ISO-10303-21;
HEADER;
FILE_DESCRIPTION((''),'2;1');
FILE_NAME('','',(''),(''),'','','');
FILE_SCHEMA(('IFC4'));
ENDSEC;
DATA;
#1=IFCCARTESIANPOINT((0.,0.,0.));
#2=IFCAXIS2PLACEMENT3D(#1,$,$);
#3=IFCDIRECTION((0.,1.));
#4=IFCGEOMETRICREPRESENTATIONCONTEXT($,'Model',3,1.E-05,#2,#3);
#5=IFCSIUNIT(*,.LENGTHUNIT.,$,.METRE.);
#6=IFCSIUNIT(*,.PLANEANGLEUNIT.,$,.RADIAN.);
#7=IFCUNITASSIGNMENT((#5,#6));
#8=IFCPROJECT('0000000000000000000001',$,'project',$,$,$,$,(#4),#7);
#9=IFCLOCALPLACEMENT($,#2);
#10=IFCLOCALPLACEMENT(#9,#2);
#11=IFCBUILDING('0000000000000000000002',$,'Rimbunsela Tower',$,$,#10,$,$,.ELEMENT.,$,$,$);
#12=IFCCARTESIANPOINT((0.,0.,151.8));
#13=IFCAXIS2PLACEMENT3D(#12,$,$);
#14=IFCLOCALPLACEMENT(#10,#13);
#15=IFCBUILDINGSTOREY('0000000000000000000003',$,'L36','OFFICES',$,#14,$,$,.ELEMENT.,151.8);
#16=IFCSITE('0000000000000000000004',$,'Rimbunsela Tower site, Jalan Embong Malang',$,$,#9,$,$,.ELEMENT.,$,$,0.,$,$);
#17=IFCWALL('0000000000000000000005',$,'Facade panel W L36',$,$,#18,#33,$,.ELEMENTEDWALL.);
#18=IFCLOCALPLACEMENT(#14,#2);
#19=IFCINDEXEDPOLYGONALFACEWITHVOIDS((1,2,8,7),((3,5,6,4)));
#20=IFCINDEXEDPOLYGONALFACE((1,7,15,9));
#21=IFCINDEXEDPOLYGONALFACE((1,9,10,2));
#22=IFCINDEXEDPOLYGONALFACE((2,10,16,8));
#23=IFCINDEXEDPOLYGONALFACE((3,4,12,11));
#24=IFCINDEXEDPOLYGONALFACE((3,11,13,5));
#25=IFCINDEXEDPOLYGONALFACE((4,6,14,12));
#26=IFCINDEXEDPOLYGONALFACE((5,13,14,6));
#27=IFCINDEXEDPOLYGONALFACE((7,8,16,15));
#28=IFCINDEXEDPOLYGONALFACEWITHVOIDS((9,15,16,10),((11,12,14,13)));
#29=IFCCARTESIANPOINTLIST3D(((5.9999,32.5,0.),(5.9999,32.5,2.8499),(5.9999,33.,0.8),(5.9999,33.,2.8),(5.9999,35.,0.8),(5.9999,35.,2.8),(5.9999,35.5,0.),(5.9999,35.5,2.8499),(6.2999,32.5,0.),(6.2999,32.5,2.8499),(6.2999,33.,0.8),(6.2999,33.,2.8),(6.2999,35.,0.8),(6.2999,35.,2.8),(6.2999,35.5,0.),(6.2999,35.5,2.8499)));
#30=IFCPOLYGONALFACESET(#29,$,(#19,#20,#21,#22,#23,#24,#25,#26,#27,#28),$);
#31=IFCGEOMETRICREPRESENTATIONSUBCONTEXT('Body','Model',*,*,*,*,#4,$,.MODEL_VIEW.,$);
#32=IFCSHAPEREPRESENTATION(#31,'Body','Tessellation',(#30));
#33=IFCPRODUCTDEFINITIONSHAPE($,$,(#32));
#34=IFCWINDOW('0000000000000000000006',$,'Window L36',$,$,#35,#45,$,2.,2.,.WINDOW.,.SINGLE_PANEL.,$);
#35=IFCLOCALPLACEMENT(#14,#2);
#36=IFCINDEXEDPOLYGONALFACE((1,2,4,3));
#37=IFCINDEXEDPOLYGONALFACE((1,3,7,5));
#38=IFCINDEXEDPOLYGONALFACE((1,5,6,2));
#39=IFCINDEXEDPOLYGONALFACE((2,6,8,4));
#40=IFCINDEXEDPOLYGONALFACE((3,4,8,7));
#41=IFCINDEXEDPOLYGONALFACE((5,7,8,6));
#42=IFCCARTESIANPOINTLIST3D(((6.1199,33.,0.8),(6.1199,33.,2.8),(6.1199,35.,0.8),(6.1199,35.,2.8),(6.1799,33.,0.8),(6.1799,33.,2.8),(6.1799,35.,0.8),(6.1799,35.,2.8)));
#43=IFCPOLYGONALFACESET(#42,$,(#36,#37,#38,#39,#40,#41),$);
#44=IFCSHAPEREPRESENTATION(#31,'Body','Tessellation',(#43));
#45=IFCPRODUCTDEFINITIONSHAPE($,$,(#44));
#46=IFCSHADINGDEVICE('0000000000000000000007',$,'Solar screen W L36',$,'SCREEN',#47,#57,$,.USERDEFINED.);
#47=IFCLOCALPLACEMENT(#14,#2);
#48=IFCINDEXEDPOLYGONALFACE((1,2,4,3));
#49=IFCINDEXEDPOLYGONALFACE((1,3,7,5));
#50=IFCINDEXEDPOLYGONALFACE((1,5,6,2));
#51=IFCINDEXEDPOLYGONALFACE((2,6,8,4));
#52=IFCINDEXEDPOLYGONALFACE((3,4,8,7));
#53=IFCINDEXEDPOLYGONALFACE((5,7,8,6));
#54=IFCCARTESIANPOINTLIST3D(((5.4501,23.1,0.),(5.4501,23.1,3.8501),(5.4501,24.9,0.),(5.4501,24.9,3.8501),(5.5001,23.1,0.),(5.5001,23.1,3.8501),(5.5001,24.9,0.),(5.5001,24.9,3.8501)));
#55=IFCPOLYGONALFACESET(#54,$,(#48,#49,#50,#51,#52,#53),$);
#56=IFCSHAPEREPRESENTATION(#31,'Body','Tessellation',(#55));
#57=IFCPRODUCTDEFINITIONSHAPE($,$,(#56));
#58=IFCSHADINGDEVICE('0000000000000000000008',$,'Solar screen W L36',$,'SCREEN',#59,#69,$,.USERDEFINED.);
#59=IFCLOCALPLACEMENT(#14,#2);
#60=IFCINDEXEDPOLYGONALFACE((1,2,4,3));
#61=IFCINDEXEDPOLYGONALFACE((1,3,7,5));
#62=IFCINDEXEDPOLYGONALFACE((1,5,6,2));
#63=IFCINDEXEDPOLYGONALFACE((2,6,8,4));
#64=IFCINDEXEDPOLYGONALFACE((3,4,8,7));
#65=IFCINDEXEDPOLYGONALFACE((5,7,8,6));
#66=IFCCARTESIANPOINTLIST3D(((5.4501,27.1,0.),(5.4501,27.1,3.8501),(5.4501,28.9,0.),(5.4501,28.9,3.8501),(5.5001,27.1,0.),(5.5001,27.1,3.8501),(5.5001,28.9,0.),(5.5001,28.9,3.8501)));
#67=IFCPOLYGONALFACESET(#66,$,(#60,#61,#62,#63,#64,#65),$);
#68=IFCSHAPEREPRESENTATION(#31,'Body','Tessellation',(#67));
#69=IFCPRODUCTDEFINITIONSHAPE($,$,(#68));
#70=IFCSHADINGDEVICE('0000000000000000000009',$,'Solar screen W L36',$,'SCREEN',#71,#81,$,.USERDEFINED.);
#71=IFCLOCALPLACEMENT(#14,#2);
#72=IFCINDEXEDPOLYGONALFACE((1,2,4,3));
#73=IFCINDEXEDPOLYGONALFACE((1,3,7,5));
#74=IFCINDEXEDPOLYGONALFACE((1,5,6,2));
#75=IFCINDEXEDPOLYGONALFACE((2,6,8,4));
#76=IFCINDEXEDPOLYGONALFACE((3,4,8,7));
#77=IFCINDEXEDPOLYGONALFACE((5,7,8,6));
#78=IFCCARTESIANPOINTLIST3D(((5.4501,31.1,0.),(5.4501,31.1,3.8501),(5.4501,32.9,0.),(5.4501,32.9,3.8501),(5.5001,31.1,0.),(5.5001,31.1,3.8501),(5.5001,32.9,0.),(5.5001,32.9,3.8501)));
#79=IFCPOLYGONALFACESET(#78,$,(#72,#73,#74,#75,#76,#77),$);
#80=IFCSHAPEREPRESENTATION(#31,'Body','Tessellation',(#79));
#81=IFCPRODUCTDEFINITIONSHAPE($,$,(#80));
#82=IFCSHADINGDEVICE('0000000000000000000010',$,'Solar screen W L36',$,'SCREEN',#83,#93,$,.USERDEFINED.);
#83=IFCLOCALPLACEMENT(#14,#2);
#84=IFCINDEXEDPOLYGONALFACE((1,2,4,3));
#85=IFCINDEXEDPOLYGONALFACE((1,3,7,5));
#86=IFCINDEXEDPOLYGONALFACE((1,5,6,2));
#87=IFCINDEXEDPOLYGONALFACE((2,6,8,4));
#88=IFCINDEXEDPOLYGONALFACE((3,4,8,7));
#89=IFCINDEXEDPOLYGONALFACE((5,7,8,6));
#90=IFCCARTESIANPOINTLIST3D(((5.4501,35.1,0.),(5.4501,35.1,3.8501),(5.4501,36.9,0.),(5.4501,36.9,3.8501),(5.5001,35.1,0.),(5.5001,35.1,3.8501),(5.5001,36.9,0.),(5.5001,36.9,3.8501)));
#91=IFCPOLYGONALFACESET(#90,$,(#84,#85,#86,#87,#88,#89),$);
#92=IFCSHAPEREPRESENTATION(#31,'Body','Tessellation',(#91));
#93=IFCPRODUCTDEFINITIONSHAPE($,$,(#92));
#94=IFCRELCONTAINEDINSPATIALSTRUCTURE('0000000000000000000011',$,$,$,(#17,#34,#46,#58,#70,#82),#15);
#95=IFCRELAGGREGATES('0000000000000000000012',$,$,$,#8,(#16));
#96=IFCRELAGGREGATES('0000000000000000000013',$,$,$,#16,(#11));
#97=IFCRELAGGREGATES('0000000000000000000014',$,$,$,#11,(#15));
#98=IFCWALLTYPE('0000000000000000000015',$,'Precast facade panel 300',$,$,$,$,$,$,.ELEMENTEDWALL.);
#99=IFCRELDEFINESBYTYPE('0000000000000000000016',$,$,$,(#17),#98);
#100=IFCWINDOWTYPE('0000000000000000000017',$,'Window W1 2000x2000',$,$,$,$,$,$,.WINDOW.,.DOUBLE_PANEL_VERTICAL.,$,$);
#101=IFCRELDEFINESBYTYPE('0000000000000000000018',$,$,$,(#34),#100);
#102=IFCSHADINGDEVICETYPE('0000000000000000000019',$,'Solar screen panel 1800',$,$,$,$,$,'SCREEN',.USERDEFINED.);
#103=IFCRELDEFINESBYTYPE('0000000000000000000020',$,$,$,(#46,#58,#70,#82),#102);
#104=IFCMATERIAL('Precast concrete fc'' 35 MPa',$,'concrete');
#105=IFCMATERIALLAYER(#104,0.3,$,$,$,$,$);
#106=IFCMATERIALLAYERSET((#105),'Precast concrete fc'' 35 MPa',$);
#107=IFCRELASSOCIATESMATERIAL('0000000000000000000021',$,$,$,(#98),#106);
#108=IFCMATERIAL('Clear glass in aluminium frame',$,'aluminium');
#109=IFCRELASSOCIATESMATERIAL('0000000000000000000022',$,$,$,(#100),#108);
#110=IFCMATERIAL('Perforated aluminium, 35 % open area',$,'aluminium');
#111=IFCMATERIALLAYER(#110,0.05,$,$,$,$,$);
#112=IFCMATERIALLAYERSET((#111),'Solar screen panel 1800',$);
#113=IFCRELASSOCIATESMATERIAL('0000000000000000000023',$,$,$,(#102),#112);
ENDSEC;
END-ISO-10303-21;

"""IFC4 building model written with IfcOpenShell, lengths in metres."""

from ifc_helpers import new_model, si_unit, direction, frame, frame_2d, origin, origin_2d, place, context, subcontext, project, spatial, rectangle, extrude, material, layer, layer_set, type_object, element, fill, save


model = new_model("IFC4")

# Units and contexts
model_context = context("Model", 3, precision=1e-05, world=origin(), true_north=direction((0.0, 1.0)))
body_context = subcontext(model_context, "Body", "Model", "MODEL_VIEW")
ifc_project = project(units=[si_unit("LENGTHUNIT", "METRE"), si_unit("PLANEANGLEUNIT", "RADIAN")], contexts=[model_context])

# Site, building, storey
site_placement = place(None, origin())
site = spatial("IfcSite", under=ifc_project, at=site_placement, Name="Rimbunsela Tower site, Jalan Embong Malang", CompositionType="ELEMENT", RefElevation=0.0)
building_placement = place(site_placement, origin())
building = spatial("IfcBuilding", under=site, at=building_placement, Name="Rimbunsela Tower", CompositionType="ELEMENT")
storey_placement = place(building_placement, frame((0.0, 0.0, 151.8)))
storey = spatial("IfcBuildingStorey", under=building, at=storey_placement, Name="L36", Description="OFFICES", CompositionType="ELEMENT", Elevation=151.8)

# Wall, opening, window
ifc_material_1 = material(Name="Precast concrete fc' 35 MPa", Category="concrete")
ifc_layer_1 = layer(ifc_material_1, 0.3)
ifc_layer_set_1 = layer_set([ifc_layer_1], Name="Precast concrete fc' 35 MPa")
wall_type = type_object("IfcWallType", Name="Precast facade panel 300", PredefinedType="ELEMENTEDWALL", material=ifc_layer_set_1)
ifc_material_2 = material(Name="Clear glass in aluminium frame", Category="aluminium")
window_type = type_object("IfcWindowType", Name="Window W1 2000x2000", PartitioningType="DOUBLE_PANEL_VERTICAL", PredefinedType="WINDOW", material=ifc_material_2)
wall_1_placement = place(storey_placement, frame((6.1499, 35.5, 0.0), z_axis=(0.0, 0.0, 1.0), x_axis=(0.0, -1.0, 0.0)))
wall_1 = element("IfcWall", 1, at=wall_1_placement, inside=storey, type_object=wall_type, Name="Facade panel W L36", PredefinedType="ELEMENTEDWALL", context=body_context, shape_type="SweptSolid", body=[
    extrude(rectangle(XDim=3.0, YDim=0.3, at=frame_2d((1.5, 0.0))), origin(), (0.0, 0.0, 1.0), 2.8499),
])
opening_1_placement = place(wall_1_placement, frame((0.5, 0.0, 0.8)))
opening_1 = element("IfcOpeningElement", 2, at=opening_1_placement, cuts=wall_1, PredefinedType="OPENING", context=body_context, shape_type="SweptSolid", body=[
    extrude(rectangle(XDim=2.0, YDim=2.0, at=frame_2d((1.0, 1.0))), frame((0.0, 0.1599, 0.0), z_axis=(0.0, -1.0, 0.0), x_axis=(1.0, 0.0, 0.0)), (0.0, 0.0, 1.0), 0.3201),
])
window_1_placement = place(opening_1_placement, origin())
window_1 = element("IfcWindow", 3, at=window_1_placement, inside=storey, type_object=window_type, Name="Window L36", OverallHeight=2.0, OverallWidth=2.0, PartitioningType="SINGLE_PANEL", PredefinedType="WINDOW", context=body_context, shape_type="SweptSolid", body=[
    extrude(rectangle(XDim=2.0, YDim=2.0, at=frame_2d((1.0, 1.0))), frame((0.0, 0.03, 0.0), z_axis=(0.0, -1.0, 0.0), x_axis=(1.0, 0.0, 0.0)), (0.0, 0.0, 1.0), 0.0601),
])
fill(opening_1, window_1)

# Shading devices
ifc_material_3 = material(Name="Perforated aluminium, 35 % open area", Category="aluminium")
ifc_layer_2 = layer(ifc_material_3, 0.05)
ifc_layer_set_2 = layer_set([ifc_layer_2], Name="Solar screen panel 1800")
shading_device_type = type_object("IfcShadingDeviceType", Name="Solar screen panel 1800", ElementType="SCREEN", PredefinedType="USERDEFINED", material=ifc_layer_set_2)
for number, where, z_axis, x_axis, name in (
    (4, (5.4751, 24.0, 0.0), (0.0, 0.0, 1.0), (0.0, 1.0, 0.0), "Solar screen W L36"),
    (5, (5.4751, 28.0, 0.0), (0.0, 0.0, 1.0), (0.0, 1.0, 0.0), "Solar screen W L36"),
    (6, (5.4751, 32.0, 0.0), (0.0, 0.0, 1.0), (0.0, 1.0, 0.0), "Solar screen W L36"),
    (7, (5.4751, 36.0, 0.0), (0.0, 0.0, 1.0), (0.0, 1.0, 0.0), "Solar screen W L36"),
):
    element("IfcShadingDevice", number, at=place(storey_placement, frame(where, z_axis=z_axis, x_axis=x_axis)), inside=storey, type_object=shading_device_type, Name=name, ObjectType="SCREEN", PredefinedType="USERDEFINED", context=body_context, shape_type="SweptSolid", body=[
        extrude(rectangle(XDim=1.8, YDim=0.05, at=origin_2d()), origin(), (0.0, 0.0, 1.0), 3.8501),
    ])

save(model, "model.ifc")
